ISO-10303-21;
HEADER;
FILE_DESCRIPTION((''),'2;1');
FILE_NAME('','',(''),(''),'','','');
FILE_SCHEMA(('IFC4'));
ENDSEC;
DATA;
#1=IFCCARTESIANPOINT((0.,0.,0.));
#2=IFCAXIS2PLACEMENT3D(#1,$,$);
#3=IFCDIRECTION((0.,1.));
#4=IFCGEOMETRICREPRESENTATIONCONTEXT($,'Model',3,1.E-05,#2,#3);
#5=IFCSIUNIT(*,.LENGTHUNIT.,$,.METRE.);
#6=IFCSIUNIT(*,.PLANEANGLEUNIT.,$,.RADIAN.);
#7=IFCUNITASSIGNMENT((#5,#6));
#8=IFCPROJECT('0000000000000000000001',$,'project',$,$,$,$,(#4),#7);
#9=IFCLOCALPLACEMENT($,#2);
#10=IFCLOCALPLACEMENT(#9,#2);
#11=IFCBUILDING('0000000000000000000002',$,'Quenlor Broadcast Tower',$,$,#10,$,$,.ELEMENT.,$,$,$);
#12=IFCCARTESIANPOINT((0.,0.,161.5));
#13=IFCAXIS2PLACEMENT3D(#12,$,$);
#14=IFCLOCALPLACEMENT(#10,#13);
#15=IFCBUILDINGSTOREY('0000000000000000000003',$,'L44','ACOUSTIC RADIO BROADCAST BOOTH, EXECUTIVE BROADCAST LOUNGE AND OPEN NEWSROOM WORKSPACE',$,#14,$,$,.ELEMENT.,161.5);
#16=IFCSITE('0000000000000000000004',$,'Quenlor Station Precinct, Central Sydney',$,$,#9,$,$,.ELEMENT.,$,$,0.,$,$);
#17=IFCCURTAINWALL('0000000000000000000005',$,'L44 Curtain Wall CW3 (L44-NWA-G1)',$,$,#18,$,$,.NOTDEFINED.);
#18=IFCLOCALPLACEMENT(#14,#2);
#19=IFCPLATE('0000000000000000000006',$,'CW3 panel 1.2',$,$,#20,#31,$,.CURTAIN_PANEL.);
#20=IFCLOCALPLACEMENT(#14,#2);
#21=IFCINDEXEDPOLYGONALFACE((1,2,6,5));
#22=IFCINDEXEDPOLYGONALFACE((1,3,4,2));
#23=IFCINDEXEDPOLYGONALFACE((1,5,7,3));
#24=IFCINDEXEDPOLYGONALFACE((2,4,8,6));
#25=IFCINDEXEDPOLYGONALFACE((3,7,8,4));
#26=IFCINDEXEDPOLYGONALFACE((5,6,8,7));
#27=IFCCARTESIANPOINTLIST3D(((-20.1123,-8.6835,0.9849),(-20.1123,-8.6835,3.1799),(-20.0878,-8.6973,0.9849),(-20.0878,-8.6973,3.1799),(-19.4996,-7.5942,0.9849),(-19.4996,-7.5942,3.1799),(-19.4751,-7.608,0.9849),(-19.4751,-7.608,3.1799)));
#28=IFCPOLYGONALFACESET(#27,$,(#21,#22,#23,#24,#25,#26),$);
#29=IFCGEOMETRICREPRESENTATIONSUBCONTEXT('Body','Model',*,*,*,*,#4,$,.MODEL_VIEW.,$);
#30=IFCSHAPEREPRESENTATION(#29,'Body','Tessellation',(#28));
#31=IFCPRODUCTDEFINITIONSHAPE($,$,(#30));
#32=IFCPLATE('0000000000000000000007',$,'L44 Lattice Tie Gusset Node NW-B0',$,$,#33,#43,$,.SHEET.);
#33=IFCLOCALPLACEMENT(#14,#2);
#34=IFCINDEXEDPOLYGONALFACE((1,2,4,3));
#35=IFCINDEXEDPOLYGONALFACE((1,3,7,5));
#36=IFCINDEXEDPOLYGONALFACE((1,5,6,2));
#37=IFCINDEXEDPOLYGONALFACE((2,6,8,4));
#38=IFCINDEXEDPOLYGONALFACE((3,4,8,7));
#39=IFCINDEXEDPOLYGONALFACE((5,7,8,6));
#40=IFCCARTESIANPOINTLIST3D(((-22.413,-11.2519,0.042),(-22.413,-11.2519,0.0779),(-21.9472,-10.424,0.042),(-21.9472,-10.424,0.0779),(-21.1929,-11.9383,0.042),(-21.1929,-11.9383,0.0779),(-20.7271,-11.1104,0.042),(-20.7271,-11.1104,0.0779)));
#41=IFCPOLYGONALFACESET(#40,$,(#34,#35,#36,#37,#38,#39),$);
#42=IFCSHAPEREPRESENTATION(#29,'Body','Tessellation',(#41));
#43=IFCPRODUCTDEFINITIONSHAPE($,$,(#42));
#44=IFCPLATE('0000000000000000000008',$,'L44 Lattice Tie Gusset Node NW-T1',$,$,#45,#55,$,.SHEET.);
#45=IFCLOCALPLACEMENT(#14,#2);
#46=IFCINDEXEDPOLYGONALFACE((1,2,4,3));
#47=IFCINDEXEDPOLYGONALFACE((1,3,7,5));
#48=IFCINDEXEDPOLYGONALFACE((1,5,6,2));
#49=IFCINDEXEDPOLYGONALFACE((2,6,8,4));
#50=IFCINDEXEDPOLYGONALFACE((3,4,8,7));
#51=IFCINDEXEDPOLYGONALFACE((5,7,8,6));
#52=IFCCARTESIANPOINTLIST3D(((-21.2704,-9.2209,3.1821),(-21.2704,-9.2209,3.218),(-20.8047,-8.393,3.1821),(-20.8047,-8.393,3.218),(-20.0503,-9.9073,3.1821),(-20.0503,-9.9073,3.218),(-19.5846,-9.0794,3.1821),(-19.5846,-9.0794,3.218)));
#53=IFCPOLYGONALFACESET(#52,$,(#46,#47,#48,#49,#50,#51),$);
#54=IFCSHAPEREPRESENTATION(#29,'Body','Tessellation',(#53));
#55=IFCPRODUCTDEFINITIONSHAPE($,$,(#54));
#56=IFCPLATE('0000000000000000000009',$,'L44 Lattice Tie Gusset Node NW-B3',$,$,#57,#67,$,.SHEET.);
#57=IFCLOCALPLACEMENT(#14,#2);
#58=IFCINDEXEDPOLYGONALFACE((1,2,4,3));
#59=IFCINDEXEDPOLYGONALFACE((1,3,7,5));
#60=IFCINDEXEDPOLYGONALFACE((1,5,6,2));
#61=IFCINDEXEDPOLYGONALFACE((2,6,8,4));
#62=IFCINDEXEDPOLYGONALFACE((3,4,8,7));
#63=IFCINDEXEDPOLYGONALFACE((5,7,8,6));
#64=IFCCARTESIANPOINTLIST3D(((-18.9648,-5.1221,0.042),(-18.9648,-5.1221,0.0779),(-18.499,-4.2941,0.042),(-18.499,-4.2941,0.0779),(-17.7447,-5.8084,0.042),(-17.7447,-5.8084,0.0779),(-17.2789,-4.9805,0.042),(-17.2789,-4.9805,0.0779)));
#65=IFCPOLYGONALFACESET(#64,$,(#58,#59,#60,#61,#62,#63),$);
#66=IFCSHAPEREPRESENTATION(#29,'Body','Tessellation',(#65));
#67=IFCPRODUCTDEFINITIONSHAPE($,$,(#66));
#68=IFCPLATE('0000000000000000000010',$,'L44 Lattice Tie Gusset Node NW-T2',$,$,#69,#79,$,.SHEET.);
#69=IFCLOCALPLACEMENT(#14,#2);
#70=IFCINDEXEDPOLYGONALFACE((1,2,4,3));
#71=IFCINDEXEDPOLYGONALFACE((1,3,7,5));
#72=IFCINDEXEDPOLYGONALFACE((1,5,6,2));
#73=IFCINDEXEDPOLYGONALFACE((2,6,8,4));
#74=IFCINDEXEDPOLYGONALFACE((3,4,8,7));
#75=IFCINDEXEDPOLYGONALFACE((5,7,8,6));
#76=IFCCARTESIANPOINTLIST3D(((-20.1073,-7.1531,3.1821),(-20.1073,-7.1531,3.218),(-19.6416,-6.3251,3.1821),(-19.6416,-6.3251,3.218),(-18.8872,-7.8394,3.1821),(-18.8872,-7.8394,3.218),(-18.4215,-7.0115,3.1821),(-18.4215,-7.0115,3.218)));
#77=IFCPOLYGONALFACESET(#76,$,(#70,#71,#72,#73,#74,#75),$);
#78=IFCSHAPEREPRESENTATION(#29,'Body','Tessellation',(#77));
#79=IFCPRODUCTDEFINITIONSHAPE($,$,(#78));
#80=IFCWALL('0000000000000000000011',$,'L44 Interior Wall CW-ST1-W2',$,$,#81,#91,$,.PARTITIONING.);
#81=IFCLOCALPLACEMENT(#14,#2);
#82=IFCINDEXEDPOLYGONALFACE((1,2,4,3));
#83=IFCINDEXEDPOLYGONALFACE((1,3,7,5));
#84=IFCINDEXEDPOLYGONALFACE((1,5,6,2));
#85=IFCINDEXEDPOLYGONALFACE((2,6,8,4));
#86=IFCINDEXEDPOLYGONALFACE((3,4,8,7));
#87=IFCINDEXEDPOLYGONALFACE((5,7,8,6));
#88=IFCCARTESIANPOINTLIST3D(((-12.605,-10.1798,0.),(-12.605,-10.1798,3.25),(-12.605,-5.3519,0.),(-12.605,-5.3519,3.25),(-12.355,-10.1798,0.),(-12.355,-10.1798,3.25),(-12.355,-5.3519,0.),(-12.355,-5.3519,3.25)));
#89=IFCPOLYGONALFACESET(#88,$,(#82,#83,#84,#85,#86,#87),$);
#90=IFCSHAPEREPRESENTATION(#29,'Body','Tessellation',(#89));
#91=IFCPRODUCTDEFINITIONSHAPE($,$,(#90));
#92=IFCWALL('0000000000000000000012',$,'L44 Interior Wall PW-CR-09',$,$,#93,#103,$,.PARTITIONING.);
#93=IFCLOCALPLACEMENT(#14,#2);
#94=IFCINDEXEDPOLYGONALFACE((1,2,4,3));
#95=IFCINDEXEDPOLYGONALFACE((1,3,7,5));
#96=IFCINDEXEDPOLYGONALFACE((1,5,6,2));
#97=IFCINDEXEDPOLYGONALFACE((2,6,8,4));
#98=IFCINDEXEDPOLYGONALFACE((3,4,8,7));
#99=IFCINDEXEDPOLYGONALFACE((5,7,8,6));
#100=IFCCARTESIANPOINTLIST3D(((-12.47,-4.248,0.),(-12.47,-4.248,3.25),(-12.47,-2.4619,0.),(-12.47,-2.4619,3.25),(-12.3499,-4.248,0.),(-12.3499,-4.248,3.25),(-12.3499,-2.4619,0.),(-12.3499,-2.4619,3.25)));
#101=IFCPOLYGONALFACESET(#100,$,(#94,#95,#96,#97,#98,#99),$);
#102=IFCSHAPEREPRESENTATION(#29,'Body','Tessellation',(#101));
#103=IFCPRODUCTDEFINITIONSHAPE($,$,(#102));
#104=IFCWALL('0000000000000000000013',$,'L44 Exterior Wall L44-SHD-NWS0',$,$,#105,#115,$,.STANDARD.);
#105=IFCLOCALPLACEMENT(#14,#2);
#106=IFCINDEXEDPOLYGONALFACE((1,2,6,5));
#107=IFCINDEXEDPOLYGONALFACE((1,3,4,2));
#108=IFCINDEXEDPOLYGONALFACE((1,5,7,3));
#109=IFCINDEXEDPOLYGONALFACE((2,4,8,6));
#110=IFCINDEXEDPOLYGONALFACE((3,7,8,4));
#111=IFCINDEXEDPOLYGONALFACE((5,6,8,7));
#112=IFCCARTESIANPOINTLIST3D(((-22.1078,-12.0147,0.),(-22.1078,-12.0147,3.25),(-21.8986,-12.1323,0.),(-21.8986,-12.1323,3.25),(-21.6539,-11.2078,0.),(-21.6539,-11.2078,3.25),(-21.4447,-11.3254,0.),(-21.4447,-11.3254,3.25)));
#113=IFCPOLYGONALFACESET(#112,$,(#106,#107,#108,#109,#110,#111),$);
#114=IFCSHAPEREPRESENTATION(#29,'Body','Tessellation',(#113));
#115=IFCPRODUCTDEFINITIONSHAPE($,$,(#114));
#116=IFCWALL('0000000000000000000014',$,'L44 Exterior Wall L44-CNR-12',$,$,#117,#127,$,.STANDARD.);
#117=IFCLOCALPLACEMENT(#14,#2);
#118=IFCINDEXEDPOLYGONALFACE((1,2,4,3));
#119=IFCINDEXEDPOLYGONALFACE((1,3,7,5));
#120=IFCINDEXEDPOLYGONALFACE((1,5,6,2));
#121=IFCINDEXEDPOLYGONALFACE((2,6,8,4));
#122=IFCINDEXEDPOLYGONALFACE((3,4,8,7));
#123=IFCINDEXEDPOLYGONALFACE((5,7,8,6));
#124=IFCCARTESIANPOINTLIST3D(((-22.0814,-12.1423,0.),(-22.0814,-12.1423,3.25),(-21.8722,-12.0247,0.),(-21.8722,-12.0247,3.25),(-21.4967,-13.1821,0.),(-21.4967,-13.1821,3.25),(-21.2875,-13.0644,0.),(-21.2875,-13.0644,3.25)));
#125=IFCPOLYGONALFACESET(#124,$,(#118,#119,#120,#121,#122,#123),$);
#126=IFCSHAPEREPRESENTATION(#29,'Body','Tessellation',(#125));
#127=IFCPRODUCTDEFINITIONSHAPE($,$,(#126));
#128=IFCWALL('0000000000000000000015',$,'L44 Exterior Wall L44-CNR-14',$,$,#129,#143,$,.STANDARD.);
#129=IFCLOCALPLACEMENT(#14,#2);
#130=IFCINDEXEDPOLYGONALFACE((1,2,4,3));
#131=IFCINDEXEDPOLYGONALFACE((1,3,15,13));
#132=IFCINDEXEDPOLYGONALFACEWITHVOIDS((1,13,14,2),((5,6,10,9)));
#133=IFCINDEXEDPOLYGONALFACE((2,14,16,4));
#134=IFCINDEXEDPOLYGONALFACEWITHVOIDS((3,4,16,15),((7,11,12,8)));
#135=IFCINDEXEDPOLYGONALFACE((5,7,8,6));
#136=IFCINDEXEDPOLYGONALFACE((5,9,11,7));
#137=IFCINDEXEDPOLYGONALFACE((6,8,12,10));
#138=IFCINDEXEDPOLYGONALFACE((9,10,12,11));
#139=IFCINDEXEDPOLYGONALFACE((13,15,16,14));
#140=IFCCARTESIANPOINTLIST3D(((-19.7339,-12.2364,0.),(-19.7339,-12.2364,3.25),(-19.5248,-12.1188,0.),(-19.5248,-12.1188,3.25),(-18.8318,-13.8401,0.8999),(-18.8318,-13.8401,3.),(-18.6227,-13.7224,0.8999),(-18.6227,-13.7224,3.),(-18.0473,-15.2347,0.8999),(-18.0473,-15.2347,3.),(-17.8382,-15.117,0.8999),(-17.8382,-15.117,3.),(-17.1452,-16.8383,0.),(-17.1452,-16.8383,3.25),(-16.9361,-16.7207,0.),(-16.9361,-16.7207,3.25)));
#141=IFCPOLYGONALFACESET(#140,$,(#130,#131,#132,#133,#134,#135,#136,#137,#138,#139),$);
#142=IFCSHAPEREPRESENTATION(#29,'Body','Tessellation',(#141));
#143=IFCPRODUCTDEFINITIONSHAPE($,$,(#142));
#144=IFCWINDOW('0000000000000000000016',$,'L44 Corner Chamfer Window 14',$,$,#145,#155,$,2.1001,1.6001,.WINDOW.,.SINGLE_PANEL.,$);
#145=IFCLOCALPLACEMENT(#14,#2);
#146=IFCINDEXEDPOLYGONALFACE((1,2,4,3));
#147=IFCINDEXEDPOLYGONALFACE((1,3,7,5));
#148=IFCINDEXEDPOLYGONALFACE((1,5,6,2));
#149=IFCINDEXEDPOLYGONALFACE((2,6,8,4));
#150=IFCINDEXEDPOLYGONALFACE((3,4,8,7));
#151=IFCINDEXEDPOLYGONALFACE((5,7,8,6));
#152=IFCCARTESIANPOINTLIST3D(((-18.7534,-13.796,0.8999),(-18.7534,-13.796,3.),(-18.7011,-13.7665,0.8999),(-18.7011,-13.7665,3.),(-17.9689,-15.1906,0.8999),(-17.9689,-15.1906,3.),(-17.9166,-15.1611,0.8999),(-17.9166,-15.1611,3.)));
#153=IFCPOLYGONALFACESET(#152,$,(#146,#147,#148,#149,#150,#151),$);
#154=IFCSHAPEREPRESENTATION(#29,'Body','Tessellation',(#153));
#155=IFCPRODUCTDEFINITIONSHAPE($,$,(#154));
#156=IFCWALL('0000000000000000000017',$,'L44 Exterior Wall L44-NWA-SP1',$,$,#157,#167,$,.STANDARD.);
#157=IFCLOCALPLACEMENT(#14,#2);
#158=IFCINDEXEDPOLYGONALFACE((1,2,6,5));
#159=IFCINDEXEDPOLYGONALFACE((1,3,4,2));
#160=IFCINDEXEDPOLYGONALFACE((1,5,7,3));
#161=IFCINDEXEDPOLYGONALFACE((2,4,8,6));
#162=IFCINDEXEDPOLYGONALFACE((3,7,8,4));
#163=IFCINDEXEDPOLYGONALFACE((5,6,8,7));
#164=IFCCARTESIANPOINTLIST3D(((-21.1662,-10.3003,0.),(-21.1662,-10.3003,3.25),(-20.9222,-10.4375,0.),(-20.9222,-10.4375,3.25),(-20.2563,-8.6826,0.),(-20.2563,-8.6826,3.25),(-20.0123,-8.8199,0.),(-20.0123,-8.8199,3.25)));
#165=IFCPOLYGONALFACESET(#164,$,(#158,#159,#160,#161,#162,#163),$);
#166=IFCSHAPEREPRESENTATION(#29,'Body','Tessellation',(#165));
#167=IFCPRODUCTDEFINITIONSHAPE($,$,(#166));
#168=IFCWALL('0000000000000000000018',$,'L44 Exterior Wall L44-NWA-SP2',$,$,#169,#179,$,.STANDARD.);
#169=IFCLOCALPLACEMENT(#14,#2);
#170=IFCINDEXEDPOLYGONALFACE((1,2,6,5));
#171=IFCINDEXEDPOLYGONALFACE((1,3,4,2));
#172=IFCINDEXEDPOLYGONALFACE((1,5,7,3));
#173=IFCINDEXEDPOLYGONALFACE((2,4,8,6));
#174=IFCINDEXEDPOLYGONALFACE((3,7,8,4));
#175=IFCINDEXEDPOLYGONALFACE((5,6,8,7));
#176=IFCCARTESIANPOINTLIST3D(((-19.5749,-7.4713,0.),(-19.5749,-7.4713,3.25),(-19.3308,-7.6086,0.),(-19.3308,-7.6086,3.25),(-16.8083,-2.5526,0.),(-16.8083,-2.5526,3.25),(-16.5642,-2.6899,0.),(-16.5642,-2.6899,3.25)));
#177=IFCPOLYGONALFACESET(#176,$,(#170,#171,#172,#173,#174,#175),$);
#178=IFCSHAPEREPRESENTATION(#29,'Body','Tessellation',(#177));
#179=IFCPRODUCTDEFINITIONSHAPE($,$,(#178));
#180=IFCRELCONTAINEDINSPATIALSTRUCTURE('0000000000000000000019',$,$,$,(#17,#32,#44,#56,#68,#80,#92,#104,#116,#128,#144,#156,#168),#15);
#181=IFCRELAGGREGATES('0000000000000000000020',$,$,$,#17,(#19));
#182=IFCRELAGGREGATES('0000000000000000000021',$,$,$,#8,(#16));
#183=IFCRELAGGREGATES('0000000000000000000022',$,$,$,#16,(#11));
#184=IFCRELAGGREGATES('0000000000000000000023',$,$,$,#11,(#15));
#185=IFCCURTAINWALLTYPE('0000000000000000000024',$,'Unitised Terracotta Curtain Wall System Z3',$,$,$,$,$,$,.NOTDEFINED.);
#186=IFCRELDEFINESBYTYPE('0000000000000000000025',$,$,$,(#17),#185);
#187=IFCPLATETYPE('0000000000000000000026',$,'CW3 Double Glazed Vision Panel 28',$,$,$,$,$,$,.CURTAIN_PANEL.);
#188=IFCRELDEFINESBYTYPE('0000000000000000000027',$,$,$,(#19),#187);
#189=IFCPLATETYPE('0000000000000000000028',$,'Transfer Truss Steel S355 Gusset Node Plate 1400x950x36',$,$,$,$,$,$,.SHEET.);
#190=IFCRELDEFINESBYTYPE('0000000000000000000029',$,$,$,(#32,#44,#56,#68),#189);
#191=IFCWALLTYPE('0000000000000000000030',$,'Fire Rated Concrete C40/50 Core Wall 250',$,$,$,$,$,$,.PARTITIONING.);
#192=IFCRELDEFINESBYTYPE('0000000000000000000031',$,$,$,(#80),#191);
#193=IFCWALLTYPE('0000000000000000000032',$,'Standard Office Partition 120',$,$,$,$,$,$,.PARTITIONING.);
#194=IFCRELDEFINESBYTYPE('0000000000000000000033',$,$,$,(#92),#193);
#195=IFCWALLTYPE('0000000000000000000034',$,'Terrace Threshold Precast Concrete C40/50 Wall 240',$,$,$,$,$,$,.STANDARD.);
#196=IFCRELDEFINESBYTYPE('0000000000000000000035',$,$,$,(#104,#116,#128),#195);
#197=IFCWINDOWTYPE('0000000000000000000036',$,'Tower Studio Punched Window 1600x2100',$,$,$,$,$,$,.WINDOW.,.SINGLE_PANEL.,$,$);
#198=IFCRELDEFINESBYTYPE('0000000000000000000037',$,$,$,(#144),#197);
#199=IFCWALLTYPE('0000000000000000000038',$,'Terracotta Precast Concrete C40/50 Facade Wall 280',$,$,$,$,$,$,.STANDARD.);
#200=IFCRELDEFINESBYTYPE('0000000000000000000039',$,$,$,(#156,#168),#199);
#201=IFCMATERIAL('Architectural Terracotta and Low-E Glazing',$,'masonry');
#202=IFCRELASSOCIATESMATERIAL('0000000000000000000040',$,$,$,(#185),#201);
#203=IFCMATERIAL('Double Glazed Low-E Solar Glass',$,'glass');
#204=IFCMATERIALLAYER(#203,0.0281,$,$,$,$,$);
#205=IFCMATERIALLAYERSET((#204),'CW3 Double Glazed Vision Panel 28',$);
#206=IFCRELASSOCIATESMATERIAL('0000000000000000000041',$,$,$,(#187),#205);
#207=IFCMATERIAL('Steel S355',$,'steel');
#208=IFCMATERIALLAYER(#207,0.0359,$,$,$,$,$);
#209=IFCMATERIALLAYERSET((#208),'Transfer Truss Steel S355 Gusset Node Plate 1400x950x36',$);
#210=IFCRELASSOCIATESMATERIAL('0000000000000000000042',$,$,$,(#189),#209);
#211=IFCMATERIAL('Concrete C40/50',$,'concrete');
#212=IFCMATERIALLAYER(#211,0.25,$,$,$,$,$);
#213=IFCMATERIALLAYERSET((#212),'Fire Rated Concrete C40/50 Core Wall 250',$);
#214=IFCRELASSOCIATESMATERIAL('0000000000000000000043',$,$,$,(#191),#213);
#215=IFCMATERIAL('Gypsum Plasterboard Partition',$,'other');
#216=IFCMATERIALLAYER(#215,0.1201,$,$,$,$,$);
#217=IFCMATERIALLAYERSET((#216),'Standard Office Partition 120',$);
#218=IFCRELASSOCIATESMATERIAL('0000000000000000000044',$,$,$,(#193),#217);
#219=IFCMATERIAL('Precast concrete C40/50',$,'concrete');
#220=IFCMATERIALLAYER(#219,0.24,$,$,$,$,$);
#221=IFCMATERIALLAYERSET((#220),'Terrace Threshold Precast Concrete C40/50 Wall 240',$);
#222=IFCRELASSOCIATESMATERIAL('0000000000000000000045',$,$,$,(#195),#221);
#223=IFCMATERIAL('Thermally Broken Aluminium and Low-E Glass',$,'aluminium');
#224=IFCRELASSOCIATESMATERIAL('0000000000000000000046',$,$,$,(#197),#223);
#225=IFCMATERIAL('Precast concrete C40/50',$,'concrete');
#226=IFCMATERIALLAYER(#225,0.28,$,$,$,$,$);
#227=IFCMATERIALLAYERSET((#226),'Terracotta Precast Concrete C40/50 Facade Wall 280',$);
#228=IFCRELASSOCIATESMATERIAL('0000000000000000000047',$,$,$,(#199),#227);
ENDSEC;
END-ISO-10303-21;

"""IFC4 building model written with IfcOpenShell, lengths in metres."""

from ifc_helpers import new_model, si_unit, direction, frame, frame_2d, origin, origin_2d, place, context, subcontext, project, spatial, rectangle, extrude, material, layer, layer_set, type_object, element, fill, aggregate, save


model = new_model("IFC4")

# Units and contexts
model_context = context("Model", 3, precision=1e-05, world=origin(), true_north=direction((0.0, 1.0)))
body_context = subcontext(model_context, "Body", "Model", "MODEL_VIEW")
ifc_project = project(units=[si_unit("LENGTHUNIT", "METRE"), si_unit("PLANEANGLEUNIT", "RADIAN")], contexts=[model_context])

# Site, building, storey
site_placement = place(None, origin())
site = spatial("IfcSite", under=ifc_project, at=site_placement, Name="Quenlor Station Precinct, Central Sydney", CompositionType="ELEMENT", RefElevation=0.0)
building_placement = place(site_placement, origin())
building = spatial("IfcBuilding", under=site, at=building_placement, Name="Quenlor Broadcast Tower", CompositionType="ELEMENT")
storey_placement = place(building_placement, frame((0.0, 0.0, 161.5)))
storey = spatial("IfcBuildingStorey", under=building, at=storey_placement, Name="L44", Description="ACOUSTIC RADIO BROADCAST BOOTH, EXECUTIVE BROADCAST LOUNGE AND OPEN NEWSROOM WORKSPACE", CompositionType="ELEMENT", Elevation=161.5)

# Curtain wall
ifc_material_1 = material(Name="Architectural Terracotta and Low-E Glazing", Category="masonry")
curtain_wall_type = type_object("IfcCurtainWallType", Name="Unitised Terracotta Curtain Wall System Z3", PredefinedType="NOTDEFINED", material=ifc_material_1)
curtain_wall_placement = place(storey_placement, origin())
curtain_wall = element("IfcCurtainWall", 1, at=curtain_wall_placement, inside=storey, type_object=curtain_wall_type, Name="L44 Curtain Wall CW3 (L44-NWA-G1)", PredefinedType="NOTDEFINED")

# Plate
ifc_material_2 = material(Name="Double Glazed Low-E Solar Glass", Category="glass")
ifc_layer_1 = layer(ifc_material_2, 0.0281)
ifc_layer_set_1 = layer_set([ifc_layer_1], Name="CW3 Double Glazed Vision Panel 28")
plate_type_1 = type_object("IfcPlateType", Name="CW3 Double Glazed Vision Panel 28", PredefinedType="CURTAIN_PANEL", material=ifc_layer_set_1)
plate_1_placement = place(storey_placement, frame((-19.7937, -8.1458, 0.9849), z_axis=(0.0, 0.0, 1.0), x_axis=(0.490261, 0.871576, 0.0)))
plate_1 = element("IfcPlate", 2, at=plate_1_placement, type_object=plate_type_1, Name="CW3 panel 1.2", PredefinedType="CURTAIN_PANEL", context=body_context, shape_type="SweptSolid", body=[
    extrude(rectangle(XDim=1.2498, YDim=0.0281, at=origin_2d()), origin(), (0.0, 0.0, 1.0), 2.1951),
])
aggregate(curtain_wall, [plate_1])

# Plates
ifc_material_3 = material(Name="Steel S355", Category="steel")
ifc_layer_2 = layer(ifc_material_3, 0.0359)
ifc_layer_set_2 = layer_set([ifc_layer_2], Name="Transfer Truss Steel S355 Gusset Node Plate 1400x950x36")
plate_type_2 = type_object("IfcPlateType", Name="Transfer Truss Steel S355 Gusset Node Plate 1400x950x36", PredefinedType="SHEET", material=ifc_layer_set_2)
for number, where, z_axis, x_axis, name in (
    (3, (-21.5701, -11.1812, 0.042), (0.0, 0.0, 1.0), (-0.871556, 0.490295, 0.0), "L44 Lattice Tie Gusset Node NW-B0"),
    (4, (-20.4275, -9.1501, 3.1821), (0.0, 0.0, 1.0), (-0.871556, 0.490295, 0.0), "L44 Lattice Tie Gusset Node NW-T1"),
    (5, (-18.1218, -5.0513, 0.042), (0.0, 0.0, 1.0), (-0.871556, 0.490295, 0.0), "L44 Lattice Tie Gusset Node NW-B3"),
    (6, (-19.2644, -7.0823, 3.1821), (0.0, 0.0, 1.0), (-0.871556, 0.490295, 0.0), "L44 Lattice Tie Gusset Node NW-T2"),
):
    element("IfcPlate", number, at=place(storey_placement, frame(where, z_axis=z_axis, x_axis=x_axis)), inside=storey, type_object=plate_type_2, Name=name, PredefinedType="SHEET", context=body_context, shape_type="SweptSolid", body=[
        extrude(rectangle(XDim=1.3999, YDim=0.95, at=origin_2d()), origin(), (0.0, 0.0, 1.0), 0.0359),
    ])

# Wall
ifc_material_4 = material(Name="Concrete C40/50", Category="concrete")
ifc_layer_3 = layer(ifc_material_4, 0.25)
ifc_layer_set_3 = layer_set([ifc_layer_3], Name="Fire Rated Concrete C40/50 Core Wall 250")
wall_type_1 = type_object("IfcWallType", Name="Fire Rated Concrete C40/50 Core Wall 250", PredefinedType="PARTITIONING", material=ifc_layer_set_3)
wall_1_placement = place(storey_placement, frame((-12.48, -10.1799, 0.0), z_axis=(0.0, 0.0, 1.0), x_axis=(0.0, 1.0, 0.0)))
element("IfcWall", 7, at=wall_1_placement, inside=storey, type_object=wall_type_1, Name="L44 Interior Wall CW-ST1-W2", PredefinedType="PARTITIONING", context=body_context, shape_type="SweptSolid", body=[
    extrude(rectangle(XDim=4.8279, YDim=0.25, at=frame_2d((2.4141, 0.0))), origin(), (0.0, 0.0, 1.0), 3.25),
])

# Walls
ifc_material_5 = material(Name="Gypsum Plasterboard Partition", Category="other")
ifc_layer_4 = layer(ifc_material_5, 0.1201)
ifc_layer_set_4 = layer_set([ifc_layer_4], Name="Standard Office Partition 120")
wall_type_2 = type_object("IfcWallType", Name="Standard Office Partition 120", PredefinedType="PARTITIONING", material=ifc_layer_set_4)
wall_2_placement = place(storey_placement, frame((-12.4099, -4.248, 0.0), z_axis=(0.0, 0.0, 1.0), x_axis=(0.0, 1.0, 0.0)))
element("IfcWall", 8, at=wall_2_placement, inside=storey, type_object=wall_type_2, Name="L44 Interior Wall PW-CR-09", PredefinedType="PARTITIONING", context=body_context, shape_type="SweptSolid", body=[
    extrude(rectangle(XDim=1.7861, YDim=0.1201, at=frame_2d((0.8931, 0.0))), origin(), (0.0, 0.0, 1.0), 3.25),
])
ifc_material_6 = material(Name="Precast concrete C40/50", Category="concrete")
ifc_layer_5 = layer(ifc_material_6, 0.24)
ifc_layer_set_5 = layer_set([ifc_layer_5], Name="Terrace Threshold Precast Concrete C40/50 Wall 240")
wall_type_3 = type_object("IfcWallType", Name="Terrace Threshold Precast Concrete C40/50 Wall 240", PredefinedType="STANDARD", material=ifc_layer_set_5)
wall_3_placement = place(storey_placement, frame((-22.0032, -12.0735, 0.0), z_axis=(0.0, 0.0, 1.0), x_axis=(0.490249, 0.871583, 0.0)))
element("IfcWall", 9, at=wall_3_placement, inside=storey, type_object=wall_type_3, Name="L44 Exterior Wall L44-SHD-NWS0", PredefinedType="STANDARD", context=body_context, shape_type="SweptSolid", body=[
    extrude(rectangle(XDim=0.9258, YDim=0.24, at=frame_2d((0.4629, 0.0))), origin(), (0.0, 0.0, 1.0), 3.25),
])
wall_4_placement = place(storey_placement, frame((-21.9768, -12.0835, 0.0), z_axis=(0.0, 0.0, 1.0), x_axis=(0.490154, -0.871636, 0.0)))
element("IfcWall", 10, at=wall_4_placement, inside=storey, type_object=wall_type_3, Name="L44 Exterior Wall L44-CNR-12", PredefinedType="STANDARD", context=body_context, shape_type="SweptSolid", body=[
    extrude(rectangle(XDim=1.1929, YDim=0.24, at=frame_2d((0.5964, 0.0))), origin(), (0.0, 0.0, 1.0), 3.25),
])

# Wall, opening, window
wall_5_placement = place(storey_placement, frame((-19.6294, -12.1775, 0.0), z_axis=(0.0, 0.0, 1.0), x_axis=(0.490277, -0.871567, 0.0)))
wall_5 = element("IfcWall", 11, at=wall_5_placement, inside=storey, type_object=wall_type_3, Name="L44 Exterior Wall L44-CNR-14", PredefinedType="STANDARD", context=body_context, shape_type="SweptSolid", body=[
    extrude(rectangle(XDim=5.28, YDim=0.24, at=frame_2d((2.6401, 0.0))), origin(), (0.0, 0.0, 1.0), 3.25),
])
opening_1_placement = place(wall_5_placement, frame((1.8401, 0.0, 0.8999)))
opening_1 = element("IfcOpeningElement", 12, at=opening_1_placement, cuts=wall_5, PredefinedType="OPENING", context=body_context, shape_type="SweptSolid", body=[
    extrude(rectangle(XDim=1.6001, YDim=2.1001, at=frame_2d((0.8, 1.05))), frame((0.0, 0.1299, 0.0), z_axis=(0.0, -1.0, 0.0), x_axis=(1.0, 0.0, 0.0)), (0.0, 0.0, 1.0), 0.26),
])
ifc_material_7 = material(Name="Thermally Broken Aluminium and Low-E Glass", Category="aluminium")
window_type = type_object("IfcWindowType", Name="Tower Studio Punched Window 1600x2100", PartitioningType="SINGLE_PANEL", PredefinedType="WINDOW", material=ifc_material_7)
window_placement = place(opening_1_placement, origin())
window = element("IfcWindow", 13, at=window_placement, inside=storey, type_object=window_type, Name="L44 Corner Chamfer Window 14", OverallHeight=2.1001, OverallWidth=1.6001, PartitioningType="SINGLE_PANEL", PredefinedType="WINDOW", context=body_context, shape_type="SweptSolid", body=[
    extrude(rectangle(XDim=1.6001, YDim=2.1001, at=frame_2d((0.8, 1.05))), frame((0.0, 0.03, 0.0), z_axis=(0.0, -1.0, 0.0), x_axis=(1.0, 0.0, 0.0)), (0.0, 0.0, 1.0), 0.0601),
])
fill(opening_1, window)

# Walls
ifc_material_8 = material(Name="Precast concrete C40/50", Category="concrete")
ifc_layer_6 = layer(ifc_material_8, 0.28)
ifc_layer_set_6 = layer_set([ifc_layer_6], Name="Terracotta Precast Concrete C40/50 Facade Wall 280")
wall_type_4 = type_object("IfcWallType", Name="Terracotta Precast Concrete C40/50 Facade Wall 280", PredefinedType="STANDARD", material=ifc_layer_set_6)
wall_6_placement = place(storey_placement, frame((-21.0442, -10.3689, 0.0), z_axis=(0.0, 0.0, 1.0), x_axis=(0.490249, 0.871583, 0.0)))
element("IfcWall", 14, at=wall_6_placement, inside=storey, type_object=wall_type_4, Name="L44 Exterior Wall L44-NWA-SP1", PredefinedType="STANDARD", context=body_context, shape_type="SweptSolid", body=[
    extrude(rectangle(XDim=1.856, YDim=0.28, at=frame_2d((0.928, 0.0))), origin(), (0.0, 0.0, 1.0), 3.25),
])
wall_7_placement = place(storey_placement, frame((-19.4529, -7.54, 0.0), z_axis=(0.0, 0.0, 1.0), x_axis=(0.490239, 0.871588, 0.0)))
element("IfcWall", 15, at=wall_7_placement, inside=storey, type_object=wall_type_4, Name="L44 Exterior Wall L44-NWA-SP2", PredefinedType="STANDARD", context=body_context, shape_type="SweptSolid", body=[
    extrude(rectangle(XDim=5.6433, YDim=0.28, at=frame_2d((2.8218, 0.0))), origin(), (0.0, 0.0, 1.0), 3.25),
])

save(model, "model.ifc")
